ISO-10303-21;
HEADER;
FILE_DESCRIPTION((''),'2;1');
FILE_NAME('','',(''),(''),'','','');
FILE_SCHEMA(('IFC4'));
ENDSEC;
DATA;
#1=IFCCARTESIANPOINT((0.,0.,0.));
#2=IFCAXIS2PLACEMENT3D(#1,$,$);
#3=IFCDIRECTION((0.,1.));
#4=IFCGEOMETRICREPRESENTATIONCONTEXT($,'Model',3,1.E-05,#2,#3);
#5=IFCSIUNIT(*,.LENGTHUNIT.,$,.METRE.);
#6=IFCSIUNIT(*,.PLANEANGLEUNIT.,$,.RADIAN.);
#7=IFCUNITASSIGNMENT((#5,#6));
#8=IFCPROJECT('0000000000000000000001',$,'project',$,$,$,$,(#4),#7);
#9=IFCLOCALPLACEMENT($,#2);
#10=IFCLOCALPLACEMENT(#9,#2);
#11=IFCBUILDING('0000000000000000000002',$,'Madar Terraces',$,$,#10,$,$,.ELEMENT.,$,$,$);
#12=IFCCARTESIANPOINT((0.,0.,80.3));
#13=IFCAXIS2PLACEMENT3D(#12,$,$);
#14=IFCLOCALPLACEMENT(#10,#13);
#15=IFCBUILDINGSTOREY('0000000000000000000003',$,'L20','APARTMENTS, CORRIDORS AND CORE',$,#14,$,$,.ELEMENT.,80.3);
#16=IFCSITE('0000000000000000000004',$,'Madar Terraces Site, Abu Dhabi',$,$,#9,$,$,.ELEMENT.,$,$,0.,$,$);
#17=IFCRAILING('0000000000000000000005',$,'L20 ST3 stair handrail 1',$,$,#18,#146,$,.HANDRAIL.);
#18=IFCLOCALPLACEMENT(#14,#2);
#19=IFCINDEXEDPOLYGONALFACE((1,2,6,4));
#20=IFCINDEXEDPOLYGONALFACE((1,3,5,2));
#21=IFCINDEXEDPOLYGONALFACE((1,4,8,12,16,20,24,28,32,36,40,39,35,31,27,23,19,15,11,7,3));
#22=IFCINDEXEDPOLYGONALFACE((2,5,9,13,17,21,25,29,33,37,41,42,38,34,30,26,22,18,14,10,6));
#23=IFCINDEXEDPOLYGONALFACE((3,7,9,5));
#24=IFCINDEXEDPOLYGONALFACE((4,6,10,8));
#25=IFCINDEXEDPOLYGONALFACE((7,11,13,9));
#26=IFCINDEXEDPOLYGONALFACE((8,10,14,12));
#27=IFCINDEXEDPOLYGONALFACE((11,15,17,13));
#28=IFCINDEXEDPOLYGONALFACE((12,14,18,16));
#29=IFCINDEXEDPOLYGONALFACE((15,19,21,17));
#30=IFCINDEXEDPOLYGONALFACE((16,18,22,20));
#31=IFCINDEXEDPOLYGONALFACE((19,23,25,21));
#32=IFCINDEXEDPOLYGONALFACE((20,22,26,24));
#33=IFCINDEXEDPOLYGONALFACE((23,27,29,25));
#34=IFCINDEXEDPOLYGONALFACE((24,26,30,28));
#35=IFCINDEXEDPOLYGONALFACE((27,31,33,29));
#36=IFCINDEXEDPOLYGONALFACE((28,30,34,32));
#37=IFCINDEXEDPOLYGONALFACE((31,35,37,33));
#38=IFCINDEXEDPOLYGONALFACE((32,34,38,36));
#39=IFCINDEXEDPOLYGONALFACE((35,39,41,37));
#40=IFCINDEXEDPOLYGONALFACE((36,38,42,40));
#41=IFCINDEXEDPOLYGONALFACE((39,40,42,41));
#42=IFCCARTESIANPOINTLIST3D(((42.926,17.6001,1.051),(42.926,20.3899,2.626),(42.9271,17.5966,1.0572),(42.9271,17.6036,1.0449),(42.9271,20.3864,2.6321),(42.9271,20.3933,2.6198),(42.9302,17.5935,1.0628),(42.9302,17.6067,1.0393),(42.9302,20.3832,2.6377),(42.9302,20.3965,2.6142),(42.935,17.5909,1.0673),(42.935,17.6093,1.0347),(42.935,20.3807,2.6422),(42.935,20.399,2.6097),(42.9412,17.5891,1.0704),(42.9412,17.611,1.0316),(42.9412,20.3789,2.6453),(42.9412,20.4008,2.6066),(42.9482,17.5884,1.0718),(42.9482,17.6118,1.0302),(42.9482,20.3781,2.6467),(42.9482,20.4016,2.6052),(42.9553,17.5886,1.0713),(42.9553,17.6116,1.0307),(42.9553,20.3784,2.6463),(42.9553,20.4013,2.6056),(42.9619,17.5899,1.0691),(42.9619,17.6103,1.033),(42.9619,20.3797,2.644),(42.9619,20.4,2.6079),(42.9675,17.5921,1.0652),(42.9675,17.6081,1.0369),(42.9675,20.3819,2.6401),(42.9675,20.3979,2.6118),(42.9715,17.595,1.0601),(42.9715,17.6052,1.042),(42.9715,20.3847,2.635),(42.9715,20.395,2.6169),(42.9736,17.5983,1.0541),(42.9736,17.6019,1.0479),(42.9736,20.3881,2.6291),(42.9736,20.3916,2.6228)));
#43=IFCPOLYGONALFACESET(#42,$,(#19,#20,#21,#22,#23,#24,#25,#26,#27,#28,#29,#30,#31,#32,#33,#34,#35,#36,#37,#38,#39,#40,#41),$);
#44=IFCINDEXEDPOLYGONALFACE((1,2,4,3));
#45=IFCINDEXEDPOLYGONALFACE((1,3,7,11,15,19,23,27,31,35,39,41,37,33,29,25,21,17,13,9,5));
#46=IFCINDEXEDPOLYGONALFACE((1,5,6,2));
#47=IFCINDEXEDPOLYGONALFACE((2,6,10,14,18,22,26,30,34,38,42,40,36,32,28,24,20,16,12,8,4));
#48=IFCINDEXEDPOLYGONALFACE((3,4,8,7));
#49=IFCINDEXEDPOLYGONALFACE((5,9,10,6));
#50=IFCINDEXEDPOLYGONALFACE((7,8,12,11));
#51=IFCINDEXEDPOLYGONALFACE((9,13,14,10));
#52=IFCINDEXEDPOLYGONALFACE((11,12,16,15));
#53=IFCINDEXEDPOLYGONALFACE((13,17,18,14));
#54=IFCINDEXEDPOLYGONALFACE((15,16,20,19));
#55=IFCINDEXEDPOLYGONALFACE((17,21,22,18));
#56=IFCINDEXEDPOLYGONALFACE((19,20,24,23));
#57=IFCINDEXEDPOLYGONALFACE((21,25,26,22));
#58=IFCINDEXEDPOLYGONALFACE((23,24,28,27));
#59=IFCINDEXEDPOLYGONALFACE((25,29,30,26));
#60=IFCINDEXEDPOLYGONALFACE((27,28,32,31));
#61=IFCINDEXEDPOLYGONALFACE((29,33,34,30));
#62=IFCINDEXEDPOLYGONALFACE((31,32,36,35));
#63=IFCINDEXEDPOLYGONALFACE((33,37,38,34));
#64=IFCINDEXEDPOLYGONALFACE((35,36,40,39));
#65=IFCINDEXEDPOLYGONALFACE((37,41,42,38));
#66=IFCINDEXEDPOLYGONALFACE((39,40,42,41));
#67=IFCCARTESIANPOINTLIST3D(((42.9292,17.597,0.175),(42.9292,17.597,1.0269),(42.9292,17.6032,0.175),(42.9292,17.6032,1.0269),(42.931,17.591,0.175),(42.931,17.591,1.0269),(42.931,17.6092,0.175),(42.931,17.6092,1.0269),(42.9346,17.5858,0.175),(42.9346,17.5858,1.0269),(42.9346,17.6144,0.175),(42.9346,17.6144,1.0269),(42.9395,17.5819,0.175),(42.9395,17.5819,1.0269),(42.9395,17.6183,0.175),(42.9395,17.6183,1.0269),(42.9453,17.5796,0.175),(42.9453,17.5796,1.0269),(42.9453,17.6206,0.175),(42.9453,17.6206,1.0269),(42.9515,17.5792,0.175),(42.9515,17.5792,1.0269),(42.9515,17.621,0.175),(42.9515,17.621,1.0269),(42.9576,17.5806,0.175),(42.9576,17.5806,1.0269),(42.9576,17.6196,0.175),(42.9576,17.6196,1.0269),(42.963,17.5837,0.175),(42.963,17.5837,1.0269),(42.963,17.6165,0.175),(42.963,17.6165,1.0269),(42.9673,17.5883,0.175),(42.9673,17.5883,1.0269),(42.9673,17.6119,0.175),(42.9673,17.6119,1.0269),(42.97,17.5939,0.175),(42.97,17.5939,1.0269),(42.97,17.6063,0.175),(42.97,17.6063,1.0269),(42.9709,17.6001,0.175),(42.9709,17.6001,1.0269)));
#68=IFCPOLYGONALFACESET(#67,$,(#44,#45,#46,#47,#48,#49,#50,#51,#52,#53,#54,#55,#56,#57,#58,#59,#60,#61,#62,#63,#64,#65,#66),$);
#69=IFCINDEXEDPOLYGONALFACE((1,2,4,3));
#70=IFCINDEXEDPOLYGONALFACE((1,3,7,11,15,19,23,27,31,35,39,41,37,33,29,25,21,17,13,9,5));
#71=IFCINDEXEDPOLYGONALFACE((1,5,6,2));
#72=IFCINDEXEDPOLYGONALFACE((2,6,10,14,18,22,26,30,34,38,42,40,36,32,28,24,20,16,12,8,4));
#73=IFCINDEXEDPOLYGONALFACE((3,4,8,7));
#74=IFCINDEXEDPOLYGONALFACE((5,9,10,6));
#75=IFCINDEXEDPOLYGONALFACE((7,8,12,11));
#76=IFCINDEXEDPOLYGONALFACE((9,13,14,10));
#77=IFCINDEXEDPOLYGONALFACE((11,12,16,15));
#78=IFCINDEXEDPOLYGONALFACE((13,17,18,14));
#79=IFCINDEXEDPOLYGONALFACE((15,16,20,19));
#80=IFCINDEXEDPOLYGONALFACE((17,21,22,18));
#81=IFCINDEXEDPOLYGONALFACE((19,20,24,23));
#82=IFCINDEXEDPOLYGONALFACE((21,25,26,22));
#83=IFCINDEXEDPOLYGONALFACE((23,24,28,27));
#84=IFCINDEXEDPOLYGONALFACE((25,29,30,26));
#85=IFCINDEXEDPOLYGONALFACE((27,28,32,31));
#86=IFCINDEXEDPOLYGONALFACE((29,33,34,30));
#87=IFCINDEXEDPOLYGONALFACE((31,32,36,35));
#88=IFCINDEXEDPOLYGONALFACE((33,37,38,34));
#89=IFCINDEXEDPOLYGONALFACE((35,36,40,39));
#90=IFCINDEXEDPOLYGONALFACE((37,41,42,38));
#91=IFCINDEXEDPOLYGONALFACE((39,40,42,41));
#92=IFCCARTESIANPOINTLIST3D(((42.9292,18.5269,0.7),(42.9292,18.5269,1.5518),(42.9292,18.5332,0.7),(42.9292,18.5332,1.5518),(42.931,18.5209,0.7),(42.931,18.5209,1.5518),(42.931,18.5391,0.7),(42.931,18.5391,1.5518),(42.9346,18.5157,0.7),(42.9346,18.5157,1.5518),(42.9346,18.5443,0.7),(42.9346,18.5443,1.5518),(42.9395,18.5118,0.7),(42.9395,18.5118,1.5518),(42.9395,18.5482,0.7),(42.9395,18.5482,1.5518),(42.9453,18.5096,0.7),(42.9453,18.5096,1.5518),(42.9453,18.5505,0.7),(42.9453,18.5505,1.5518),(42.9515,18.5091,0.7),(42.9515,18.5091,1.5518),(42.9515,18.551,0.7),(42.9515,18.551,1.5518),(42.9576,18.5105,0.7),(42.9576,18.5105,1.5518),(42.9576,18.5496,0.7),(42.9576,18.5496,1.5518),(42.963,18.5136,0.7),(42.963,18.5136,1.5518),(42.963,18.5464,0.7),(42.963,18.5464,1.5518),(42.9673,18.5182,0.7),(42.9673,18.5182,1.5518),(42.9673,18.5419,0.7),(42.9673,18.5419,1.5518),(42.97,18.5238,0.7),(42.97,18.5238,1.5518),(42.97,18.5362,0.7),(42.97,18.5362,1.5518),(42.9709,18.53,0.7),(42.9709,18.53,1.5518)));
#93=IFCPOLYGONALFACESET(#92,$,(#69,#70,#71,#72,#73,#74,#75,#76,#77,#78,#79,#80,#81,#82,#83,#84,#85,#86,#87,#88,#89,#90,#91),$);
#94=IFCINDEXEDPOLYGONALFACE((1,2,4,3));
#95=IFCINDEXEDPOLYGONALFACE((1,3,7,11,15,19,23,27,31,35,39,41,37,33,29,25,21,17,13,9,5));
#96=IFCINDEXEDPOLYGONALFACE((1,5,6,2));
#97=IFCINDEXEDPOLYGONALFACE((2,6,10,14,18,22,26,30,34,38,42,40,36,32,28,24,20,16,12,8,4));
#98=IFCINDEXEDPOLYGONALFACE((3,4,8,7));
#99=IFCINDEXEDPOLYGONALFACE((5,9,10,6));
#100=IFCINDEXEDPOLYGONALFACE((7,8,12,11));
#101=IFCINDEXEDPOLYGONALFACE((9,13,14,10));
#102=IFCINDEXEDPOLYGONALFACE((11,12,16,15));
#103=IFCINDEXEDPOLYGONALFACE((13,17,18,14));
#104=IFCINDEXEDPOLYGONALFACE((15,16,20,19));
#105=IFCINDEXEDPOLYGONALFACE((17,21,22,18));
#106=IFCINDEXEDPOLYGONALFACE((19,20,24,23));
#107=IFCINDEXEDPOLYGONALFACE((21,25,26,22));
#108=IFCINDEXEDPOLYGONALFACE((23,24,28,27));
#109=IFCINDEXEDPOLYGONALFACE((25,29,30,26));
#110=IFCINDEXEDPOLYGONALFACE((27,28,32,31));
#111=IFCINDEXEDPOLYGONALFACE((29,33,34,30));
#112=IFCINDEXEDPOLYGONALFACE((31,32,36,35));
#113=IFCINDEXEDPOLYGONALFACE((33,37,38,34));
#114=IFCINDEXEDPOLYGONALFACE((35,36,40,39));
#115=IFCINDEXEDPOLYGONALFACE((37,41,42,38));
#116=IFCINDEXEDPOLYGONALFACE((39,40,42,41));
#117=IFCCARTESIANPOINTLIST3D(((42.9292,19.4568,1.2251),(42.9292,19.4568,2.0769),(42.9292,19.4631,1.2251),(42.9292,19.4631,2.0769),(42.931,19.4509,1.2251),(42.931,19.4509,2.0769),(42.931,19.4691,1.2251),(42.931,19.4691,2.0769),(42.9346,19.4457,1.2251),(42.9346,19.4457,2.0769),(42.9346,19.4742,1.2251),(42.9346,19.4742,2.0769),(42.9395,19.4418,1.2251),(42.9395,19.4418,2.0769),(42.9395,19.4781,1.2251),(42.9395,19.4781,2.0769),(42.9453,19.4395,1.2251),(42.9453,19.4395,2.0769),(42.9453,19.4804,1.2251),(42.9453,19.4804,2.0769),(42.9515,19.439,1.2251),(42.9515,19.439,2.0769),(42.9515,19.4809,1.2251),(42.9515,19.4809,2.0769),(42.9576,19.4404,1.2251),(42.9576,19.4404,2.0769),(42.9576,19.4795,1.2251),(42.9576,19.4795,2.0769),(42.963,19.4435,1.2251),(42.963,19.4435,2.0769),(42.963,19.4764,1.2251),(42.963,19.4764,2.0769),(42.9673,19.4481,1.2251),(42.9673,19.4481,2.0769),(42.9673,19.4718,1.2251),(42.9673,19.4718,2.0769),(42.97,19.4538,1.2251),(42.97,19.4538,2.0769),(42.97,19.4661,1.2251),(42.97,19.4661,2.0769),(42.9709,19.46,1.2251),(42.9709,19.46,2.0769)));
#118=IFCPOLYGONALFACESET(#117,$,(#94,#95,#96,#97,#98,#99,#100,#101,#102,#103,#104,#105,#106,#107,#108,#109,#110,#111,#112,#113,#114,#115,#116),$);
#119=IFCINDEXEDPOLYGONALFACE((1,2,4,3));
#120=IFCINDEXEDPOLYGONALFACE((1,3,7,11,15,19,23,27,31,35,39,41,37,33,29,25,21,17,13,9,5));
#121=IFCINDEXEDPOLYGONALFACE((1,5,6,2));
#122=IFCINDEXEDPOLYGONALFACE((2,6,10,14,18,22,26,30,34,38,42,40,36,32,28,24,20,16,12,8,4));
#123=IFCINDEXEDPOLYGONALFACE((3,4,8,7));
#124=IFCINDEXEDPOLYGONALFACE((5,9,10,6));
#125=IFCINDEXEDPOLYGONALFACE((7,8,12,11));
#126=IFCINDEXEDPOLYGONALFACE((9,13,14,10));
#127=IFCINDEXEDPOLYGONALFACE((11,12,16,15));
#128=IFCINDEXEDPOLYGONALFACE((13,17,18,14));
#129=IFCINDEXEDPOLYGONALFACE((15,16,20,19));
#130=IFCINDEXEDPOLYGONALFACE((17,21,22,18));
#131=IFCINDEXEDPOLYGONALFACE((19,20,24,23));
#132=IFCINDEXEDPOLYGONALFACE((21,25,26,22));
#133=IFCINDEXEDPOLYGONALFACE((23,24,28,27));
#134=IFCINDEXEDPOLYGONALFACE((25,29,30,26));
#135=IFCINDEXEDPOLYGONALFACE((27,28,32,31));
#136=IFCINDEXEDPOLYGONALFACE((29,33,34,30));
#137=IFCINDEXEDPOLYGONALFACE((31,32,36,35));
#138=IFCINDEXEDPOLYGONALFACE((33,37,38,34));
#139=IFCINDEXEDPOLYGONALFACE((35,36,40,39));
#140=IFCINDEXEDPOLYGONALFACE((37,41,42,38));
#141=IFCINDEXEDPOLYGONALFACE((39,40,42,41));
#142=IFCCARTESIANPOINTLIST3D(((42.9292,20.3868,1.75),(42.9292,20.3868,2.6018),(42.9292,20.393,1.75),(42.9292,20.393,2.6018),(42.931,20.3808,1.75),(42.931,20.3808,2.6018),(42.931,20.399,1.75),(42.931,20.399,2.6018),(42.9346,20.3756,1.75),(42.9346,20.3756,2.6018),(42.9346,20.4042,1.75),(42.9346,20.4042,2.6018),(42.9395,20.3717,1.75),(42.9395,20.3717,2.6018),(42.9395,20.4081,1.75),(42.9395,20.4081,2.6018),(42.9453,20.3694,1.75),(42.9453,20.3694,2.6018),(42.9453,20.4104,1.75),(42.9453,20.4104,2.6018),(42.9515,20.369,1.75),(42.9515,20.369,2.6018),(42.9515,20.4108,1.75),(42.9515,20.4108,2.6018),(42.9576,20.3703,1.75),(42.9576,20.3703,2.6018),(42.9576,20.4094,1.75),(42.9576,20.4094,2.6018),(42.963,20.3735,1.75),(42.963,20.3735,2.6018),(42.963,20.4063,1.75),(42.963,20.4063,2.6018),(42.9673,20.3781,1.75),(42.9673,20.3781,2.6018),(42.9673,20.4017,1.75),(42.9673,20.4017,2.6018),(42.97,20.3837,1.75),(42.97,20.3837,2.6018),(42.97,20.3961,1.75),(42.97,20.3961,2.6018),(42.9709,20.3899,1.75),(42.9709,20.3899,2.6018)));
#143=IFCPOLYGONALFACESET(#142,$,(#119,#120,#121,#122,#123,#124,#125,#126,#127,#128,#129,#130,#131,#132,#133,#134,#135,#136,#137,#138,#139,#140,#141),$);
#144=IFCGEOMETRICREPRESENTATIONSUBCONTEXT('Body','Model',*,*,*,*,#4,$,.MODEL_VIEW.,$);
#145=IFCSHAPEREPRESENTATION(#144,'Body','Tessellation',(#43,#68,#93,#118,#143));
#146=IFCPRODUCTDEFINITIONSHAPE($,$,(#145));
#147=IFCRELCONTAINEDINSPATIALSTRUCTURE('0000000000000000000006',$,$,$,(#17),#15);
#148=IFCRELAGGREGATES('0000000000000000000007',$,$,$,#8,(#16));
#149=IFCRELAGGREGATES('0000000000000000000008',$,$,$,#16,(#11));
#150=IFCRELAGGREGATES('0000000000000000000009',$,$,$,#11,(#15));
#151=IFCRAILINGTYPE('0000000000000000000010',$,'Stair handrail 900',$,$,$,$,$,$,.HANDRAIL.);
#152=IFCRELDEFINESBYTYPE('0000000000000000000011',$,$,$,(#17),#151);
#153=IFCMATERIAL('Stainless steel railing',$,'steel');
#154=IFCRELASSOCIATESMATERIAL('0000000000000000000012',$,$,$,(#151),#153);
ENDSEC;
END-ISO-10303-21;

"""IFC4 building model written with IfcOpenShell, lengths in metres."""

from ifc_helpers import new_model, si_unit, direction, frame, origin, origin_2d, place, context, subcontext, project, spatial, circle, extrude, material, type_object, element, save


model = new_model("IFC4")

# Units and contexts
model_context = context("Model", 3, precision=1e-05, world=origin(), true_north=direction((0.0, 1.0)))
body_context = subcontext(model_context, "Body", "Model", "MODEL_VIEW")
ifc_project = project(units=[si_unit("LENGTHUNIT", "METRE"), si_unit("PLANEANGLEUNIT", "RADIAN")], contexts=[model_context])

# Site, building, storey
site_placement = place(None, origin())
site = spatial("IfcSite", under=ifc_project, at=site_placement, Name="Madar Terraces Site, Abu Dhabi", CompositionType="ELEMENT", RefElevation=0.0)
building_placement = place(site_placement, origin())
building = spatial("IfcBuilding", under=site, at=building_placement, Name="Madar Terraces", CompositionType="ELEMENT")
storey_placement = place(building_placement, frame((0.0, 0.0, 80.3)))
storey = spatial("IfcBuildingStorey", under=building, at=storey_placement, Name="L20", Description="APARTMENTS, CORRIDORS AND CORE", CompositionType="ELEMENT", Elevation=80.3)

# Railing
ifc_material_1 = material(Name="Stainless steel railing", Category="steel")
railing_type_1 = type_object("IfcRailingType", Name="Stair handrail 900", PredefinedType="HANDRAIL", material=ifc_material_1)
railing_1_placement = place(storey_placement, frame((42.95, 17.6001, 0.175)))
element("IfcRailing", 1, at=railing_1_placement, inside=storey, type_object=railing_type_1, Name="L20 ST3 stair handrail 1", PredefinedType="HANDRAIL", context=body_context, shape_type="SweptSolid", body=[
    extrude(circle(Radius=0.0239, at=origin_2d()), frame((0.0, 0.0, 0.876), z_axis=(0.0, 0.870815, 0.49161), x_axis=(-1.0, 0.0, 0.0)), (0.0, 0.0, 1.0), 3.2036),
    extrude(circle(Radius=0.021, at=origin_2d()), origin(), (0.0, 0.0, 1.0), 0.8518),
    extrude(circle(Radius=0.021, at=origin_2d()), frame((0.0, 0.9299, 0.5249)), (0.0, 0.0, 1.0), 0.8518),
    extrude(circle(Radius=0.021, at=origin_2d()), frame((0.0, 1.8599, 1.05)), (0.0, 0.0, 1.0), 0.8518),
    extrude(circle(Radius=0.021, at=origin_2d()), frame((0.0, 2.7898, 1.575)), (0.0, 0.0, 1.0), 0.8518),
])

save(model, "model.ifc")
